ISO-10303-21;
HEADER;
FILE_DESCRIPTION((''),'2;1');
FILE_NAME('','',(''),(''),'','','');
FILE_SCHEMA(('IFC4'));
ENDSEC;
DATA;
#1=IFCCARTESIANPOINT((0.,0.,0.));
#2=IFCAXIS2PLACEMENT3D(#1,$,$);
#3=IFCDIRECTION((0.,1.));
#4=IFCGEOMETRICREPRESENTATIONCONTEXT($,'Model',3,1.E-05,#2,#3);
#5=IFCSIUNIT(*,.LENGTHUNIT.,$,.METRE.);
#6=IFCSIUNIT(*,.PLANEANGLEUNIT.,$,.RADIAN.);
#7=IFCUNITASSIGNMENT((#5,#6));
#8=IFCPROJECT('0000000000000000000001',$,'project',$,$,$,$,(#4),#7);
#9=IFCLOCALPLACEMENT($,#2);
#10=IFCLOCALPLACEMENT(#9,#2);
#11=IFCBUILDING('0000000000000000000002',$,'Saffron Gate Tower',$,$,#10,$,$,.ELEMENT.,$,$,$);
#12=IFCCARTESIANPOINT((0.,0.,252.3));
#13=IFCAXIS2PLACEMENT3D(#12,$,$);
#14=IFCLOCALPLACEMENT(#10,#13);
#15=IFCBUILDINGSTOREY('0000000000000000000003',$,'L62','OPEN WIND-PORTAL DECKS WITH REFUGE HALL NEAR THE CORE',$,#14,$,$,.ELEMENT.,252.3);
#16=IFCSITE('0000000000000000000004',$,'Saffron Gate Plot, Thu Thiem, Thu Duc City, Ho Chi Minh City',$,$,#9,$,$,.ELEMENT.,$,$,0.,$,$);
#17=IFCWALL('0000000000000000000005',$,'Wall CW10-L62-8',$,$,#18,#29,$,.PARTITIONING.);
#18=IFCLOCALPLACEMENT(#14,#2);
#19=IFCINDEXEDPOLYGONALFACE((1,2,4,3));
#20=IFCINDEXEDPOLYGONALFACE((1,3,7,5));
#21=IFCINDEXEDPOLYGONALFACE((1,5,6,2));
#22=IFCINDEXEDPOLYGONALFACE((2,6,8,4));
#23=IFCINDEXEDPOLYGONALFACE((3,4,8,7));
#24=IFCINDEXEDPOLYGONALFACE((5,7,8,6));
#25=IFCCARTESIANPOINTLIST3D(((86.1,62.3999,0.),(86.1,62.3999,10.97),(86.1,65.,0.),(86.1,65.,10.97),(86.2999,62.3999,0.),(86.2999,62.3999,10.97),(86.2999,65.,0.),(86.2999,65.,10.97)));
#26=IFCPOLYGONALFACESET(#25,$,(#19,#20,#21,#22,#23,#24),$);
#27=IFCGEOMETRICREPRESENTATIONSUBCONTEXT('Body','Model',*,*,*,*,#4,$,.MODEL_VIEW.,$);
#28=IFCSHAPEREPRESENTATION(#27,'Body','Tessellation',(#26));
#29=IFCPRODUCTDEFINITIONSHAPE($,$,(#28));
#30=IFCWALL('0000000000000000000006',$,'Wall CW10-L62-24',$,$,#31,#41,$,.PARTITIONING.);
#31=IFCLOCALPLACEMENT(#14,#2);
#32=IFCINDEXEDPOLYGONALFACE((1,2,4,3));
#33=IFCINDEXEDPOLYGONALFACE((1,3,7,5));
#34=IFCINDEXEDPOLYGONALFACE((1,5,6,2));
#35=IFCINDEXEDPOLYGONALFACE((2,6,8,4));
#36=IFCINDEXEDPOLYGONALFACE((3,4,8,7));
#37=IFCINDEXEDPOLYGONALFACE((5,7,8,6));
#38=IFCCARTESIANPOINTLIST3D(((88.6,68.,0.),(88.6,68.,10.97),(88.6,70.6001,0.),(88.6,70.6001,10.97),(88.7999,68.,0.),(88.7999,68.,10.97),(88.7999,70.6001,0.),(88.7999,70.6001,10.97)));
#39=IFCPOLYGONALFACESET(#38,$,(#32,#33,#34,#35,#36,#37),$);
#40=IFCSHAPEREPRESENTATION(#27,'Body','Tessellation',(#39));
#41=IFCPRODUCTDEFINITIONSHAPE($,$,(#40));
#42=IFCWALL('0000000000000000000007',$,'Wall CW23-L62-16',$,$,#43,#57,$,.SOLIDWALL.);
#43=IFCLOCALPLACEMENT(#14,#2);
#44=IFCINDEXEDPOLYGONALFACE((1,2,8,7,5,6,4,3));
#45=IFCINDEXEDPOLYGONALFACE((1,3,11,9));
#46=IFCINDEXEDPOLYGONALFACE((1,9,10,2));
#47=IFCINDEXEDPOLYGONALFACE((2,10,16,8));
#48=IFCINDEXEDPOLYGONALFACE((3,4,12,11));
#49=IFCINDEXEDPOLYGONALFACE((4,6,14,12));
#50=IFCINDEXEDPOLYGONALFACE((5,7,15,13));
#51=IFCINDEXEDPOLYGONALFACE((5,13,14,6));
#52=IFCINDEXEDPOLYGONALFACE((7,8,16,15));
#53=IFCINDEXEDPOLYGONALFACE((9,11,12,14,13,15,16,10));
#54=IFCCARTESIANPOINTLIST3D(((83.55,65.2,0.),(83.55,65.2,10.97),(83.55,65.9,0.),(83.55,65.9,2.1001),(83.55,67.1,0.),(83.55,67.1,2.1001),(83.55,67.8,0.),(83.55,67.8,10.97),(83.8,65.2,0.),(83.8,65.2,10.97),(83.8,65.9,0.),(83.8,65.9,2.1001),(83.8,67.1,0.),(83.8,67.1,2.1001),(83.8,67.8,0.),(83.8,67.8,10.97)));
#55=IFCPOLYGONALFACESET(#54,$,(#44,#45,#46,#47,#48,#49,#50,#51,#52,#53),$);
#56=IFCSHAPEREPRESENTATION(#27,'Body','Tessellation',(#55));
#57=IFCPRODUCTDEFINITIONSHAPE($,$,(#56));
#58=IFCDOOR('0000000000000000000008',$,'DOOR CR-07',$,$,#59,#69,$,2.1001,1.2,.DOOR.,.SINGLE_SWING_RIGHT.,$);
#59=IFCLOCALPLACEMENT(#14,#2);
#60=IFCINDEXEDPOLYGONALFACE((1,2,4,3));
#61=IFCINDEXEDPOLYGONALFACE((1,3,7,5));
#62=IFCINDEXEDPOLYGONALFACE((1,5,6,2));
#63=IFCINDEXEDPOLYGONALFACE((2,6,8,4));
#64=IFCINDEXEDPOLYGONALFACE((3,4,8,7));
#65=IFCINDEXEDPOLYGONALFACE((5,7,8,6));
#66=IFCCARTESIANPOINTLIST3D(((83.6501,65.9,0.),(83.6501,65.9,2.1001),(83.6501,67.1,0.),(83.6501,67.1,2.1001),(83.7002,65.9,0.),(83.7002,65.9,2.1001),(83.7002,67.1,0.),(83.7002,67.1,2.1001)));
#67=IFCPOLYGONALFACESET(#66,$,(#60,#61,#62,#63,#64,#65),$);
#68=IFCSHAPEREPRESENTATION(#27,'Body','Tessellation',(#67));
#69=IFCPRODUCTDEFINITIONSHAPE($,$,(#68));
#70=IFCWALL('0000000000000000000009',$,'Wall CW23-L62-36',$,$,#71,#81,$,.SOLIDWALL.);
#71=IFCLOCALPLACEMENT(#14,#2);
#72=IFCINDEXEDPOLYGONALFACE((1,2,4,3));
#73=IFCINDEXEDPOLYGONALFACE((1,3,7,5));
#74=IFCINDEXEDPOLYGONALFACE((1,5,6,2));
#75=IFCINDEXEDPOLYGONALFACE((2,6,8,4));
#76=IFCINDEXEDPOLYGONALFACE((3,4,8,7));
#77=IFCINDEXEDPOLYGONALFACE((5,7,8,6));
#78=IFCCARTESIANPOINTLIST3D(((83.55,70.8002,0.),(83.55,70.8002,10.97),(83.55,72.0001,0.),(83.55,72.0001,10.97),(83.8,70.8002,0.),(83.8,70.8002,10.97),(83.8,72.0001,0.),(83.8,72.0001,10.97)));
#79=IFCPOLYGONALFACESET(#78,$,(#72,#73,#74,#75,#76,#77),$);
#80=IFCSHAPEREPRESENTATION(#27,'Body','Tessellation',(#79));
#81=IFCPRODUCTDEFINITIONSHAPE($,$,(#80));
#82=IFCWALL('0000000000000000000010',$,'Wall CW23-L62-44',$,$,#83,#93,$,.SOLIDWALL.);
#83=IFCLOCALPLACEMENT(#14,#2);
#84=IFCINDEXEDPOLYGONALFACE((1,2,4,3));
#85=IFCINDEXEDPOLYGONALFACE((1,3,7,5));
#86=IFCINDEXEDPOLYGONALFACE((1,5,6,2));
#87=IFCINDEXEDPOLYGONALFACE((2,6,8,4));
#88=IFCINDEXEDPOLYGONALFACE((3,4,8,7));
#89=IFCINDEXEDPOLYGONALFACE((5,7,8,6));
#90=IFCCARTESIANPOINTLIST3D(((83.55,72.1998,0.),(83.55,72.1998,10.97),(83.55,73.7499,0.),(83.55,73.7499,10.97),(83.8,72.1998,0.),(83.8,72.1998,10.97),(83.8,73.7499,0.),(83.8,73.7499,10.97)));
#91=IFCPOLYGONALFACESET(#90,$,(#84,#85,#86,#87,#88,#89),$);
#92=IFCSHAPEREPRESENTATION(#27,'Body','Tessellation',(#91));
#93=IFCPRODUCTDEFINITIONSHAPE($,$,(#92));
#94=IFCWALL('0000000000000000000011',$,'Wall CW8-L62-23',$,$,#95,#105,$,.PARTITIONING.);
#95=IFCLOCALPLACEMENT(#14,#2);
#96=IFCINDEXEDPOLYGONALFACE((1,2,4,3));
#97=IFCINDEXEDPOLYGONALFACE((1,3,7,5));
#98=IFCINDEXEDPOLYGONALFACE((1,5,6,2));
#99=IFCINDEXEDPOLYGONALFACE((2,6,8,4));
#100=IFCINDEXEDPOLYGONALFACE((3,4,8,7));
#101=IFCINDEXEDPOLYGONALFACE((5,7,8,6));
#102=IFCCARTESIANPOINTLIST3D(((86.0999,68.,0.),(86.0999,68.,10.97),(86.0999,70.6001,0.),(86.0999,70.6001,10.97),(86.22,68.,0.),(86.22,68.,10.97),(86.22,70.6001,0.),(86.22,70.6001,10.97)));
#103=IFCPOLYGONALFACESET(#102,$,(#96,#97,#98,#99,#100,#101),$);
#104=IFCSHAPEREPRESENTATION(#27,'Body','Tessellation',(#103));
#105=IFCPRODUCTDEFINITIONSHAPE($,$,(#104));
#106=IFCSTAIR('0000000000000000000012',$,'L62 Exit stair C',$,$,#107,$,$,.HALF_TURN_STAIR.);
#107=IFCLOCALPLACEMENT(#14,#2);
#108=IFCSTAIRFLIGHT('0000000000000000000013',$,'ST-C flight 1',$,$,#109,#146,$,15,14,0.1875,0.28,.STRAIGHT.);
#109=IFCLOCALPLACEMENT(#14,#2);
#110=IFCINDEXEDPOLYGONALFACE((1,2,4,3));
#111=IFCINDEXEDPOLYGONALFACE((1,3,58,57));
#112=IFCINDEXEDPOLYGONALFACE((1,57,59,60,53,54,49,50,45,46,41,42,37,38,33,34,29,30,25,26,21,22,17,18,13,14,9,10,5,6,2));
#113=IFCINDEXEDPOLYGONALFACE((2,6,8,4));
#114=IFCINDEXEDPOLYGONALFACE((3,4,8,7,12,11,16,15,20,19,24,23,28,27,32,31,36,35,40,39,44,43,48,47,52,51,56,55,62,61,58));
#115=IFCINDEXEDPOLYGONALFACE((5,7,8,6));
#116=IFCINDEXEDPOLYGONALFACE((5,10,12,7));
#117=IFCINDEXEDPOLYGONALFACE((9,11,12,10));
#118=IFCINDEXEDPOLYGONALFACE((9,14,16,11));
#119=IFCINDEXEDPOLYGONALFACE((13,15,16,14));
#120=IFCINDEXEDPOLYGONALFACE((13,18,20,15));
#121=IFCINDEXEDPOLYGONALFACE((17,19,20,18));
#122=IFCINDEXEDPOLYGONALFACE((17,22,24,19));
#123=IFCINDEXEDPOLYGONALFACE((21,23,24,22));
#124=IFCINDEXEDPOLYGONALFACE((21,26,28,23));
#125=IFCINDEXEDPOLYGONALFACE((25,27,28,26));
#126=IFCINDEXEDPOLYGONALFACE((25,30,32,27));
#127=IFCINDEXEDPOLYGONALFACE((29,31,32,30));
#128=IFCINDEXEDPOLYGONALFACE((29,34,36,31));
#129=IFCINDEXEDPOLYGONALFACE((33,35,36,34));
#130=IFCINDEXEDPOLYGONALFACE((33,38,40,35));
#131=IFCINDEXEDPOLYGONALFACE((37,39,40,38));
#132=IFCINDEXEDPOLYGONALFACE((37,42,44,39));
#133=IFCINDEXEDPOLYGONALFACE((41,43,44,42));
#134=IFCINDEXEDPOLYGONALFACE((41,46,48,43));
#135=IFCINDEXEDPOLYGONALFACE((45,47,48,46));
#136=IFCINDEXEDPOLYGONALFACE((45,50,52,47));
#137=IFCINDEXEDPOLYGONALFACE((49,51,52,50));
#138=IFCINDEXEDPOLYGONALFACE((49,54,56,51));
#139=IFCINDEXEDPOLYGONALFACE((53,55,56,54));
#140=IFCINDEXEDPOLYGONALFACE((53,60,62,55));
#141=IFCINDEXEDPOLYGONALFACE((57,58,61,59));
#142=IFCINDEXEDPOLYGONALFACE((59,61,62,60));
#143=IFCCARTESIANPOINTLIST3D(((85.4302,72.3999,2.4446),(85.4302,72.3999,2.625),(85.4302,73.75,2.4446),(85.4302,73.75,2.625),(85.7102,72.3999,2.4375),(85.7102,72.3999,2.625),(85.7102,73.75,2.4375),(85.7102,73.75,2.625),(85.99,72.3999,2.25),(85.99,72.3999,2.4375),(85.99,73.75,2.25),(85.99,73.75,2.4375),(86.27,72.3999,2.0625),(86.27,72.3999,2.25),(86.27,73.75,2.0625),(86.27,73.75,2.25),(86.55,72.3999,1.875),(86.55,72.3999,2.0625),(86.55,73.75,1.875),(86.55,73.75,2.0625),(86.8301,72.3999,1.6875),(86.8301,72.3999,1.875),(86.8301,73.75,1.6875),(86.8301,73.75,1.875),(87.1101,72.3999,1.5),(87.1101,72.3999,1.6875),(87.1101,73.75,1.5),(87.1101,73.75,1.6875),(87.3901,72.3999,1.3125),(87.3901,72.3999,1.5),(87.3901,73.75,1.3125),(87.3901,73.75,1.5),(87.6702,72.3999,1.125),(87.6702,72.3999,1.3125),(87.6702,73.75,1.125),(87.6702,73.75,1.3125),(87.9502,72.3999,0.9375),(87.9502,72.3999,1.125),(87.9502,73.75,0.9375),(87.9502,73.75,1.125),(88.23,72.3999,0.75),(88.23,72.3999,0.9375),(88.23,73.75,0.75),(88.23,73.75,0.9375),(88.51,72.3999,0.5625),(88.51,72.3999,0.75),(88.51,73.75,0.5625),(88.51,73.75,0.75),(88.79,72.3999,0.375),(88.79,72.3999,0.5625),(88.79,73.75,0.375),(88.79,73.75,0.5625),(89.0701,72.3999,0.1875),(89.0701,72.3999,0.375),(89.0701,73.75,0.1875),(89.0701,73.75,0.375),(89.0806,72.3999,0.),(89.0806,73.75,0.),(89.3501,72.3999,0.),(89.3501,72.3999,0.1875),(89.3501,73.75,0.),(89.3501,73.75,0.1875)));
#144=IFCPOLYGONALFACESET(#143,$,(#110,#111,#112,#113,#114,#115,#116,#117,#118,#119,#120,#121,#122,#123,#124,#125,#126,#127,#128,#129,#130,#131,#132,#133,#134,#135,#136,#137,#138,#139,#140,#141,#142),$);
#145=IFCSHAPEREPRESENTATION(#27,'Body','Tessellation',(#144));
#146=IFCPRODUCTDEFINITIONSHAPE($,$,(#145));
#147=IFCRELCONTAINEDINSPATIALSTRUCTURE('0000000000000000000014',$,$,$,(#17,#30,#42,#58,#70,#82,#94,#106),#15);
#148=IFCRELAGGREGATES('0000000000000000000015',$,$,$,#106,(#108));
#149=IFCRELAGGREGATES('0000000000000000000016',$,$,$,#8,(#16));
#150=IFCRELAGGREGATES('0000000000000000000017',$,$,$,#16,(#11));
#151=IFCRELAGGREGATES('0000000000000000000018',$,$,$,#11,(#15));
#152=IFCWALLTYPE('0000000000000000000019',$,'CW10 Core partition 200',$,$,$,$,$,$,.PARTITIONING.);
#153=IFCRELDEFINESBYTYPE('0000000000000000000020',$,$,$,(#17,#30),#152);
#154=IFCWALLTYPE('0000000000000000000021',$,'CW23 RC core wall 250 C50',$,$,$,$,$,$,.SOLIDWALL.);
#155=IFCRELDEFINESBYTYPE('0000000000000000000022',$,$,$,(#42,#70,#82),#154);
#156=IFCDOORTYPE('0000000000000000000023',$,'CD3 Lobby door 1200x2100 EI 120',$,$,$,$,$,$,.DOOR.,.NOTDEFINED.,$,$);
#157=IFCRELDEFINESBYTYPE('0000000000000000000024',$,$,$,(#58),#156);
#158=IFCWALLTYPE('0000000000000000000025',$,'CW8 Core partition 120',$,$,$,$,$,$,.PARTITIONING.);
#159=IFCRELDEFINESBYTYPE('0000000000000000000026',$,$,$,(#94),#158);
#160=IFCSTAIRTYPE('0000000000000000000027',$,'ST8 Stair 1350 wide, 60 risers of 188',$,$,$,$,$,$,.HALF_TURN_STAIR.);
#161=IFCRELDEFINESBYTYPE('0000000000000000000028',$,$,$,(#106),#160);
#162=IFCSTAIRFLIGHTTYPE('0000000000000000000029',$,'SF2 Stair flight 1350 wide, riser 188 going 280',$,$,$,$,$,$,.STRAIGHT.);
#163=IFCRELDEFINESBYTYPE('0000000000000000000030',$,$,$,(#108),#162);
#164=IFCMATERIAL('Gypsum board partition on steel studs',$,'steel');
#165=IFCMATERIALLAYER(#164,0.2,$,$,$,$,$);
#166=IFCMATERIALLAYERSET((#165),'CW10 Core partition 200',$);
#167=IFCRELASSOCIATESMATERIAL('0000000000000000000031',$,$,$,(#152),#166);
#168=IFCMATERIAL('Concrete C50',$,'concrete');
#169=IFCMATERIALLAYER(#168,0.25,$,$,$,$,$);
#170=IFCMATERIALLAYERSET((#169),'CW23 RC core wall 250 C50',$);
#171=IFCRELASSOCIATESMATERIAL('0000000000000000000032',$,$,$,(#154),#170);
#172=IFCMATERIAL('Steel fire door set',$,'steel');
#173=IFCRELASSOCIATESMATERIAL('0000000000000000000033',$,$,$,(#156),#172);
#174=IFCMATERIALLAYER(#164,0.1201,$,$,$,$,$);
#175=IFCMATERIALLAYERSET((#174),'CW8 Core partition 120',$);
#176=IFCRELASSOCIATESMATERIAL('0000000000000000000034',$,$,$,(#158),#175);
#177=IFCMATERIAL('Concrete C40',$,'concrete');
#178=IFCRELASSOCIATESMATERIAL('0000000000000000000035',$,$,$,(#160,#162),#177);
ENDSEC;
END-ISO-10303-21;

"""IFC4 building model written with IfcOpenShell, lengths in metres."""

from ifc_helpers import new_model, si_unit, direction, frame, frame_2d, origin, place, context, subcontext, project, spatial, polyline, rectangle, outline, extrude, material, layer, layer_set, type_object, element, fill, aggregate, save


model = new_model("IFC4")

# Units and contexts
model_context = context("Model", 3, precision=1e-05, world=origin(), true_north=direction((0.0, 1.0)))
body_context = subcontext(model_context, "Body", "Model", "MODEL_VIEW")
ifc_project = project(units=[si_unit("LENGTHUNIT", "METRE"), si_unit("PLANEANGLEUNIT", "RADIAN")], contexts=[model_context])

# Site, building, storey
site_placement = place(None, origin())
site = spatial("IfcSite", under=ifc_project, at=site_placement, Name="Saffron Gate Plot, Thu Thiem, Thu Duc City, Ho Chi Minh City", CompositionType="ELEMENT", RefElevation=0.0)
building_placement = place(site_placement, origin())
building = spatial("IfcBuilding", under=site, at=building_placement, Name="Saffron Gate Tower", CompositionType="ELEMENT")
storey_placement = place(building_placement, frame((0.0, 0.0, 252.3)))
storey = spatial("IfcBuildingStorey", under=building, at=storey_placement, Name="L62", Description="OPEN WIND-PORTAL DECKS WITH REFUGE HALL NEAR THE CORE", CompositionType="ELEMENT", Elevation=252.3)

# Walls
ifc_material_1 = material(Name="Gypsum board partition on steel studs", Category="steel")
ifc_layer_1 = layer(ifc_material_1, 0.2)
ifc_layer_set_1 = layer_set([ifc_layer_1], Name="CW10 Core partition 200")
wall_type_1 = type_object("IfcWallType", Name="CW10 Core partition 200", PredefinedType="PARTITIONING", material=ifc_layer_set_1)
for number, where, z_axis, x_axis, name in (
    (1, (86.2, 62.3999, 0.0), (0.0, 0.0, 1.0), (0.0, 1.0, 0.0), "Wall CW10-L62-8"),
    (2, (88.7, 68.0, 0.0), (0.0, 0.0, 1.0), (0.0, 1.0, 0.0), "Wall CW10-L62-24"),
):
    element("IfcWall", number, at=place(storey_placement, frame(where, z_axis=z_axis, x_axis=x_axis)), inside=storey, type_object=wall_type_1, Name=name, PredefinedType="PARTITIONING", context=body_context, shape_type="SweptSolid", body=[
        extrude(rectangle(XDim=2.6001, YDim=0.2, at=frame_2d((1.3, 0.0))), origin(), (0.0, 0.0, 1.0), 10.97),
    ])

# Wall, opening, door
ifc_material_2 = material(Name="Concrete C50", Category="concrete")
ifc_layer_2 = layer(ifc_material_2, 0.25)
ifc_layer_set_2 = layer_set([ifc_layer_2], Name="CW23 RC core wall 250 C50")
wall_type_2 = type_object("IfcWallType", Name="CW23 RC core wall 250 C50", PredefinedType="SOLIDWALL", material=ifc_layer_set_2)
wall_1_placement = place(storey_placement, frame((83.675, 65.2, 0.0), z_axis=(0.0, 0.0, 1.0), x_axis=(0.0, 1.0, 0.0)))
wall_1 = element("IfcWall", 3, at=wall_1_placement, inside=storey, type_object=wall_type_2, Name="Wall CW23-L62-16", PredefinedType="SOLIDWALL", context=body_context, shape_type="SweptSolid", body=[
    extrude(rectangle(XDim=2.6001, YDim=0.25, at=frame_2d((1.3, 0.0))), origin(), (0.0, 0.0, 1.0), 10.97),
])
opening_placement = place(wall_1_placement, frame((0.7, 0.0, 0.0)))
opening = element("IfcOpeningElement", 4, at=opening_placement, cuts=wall_1, PredefinedType="OPENING", context=body_context, shape_type="SweptSolid", body=[
    extrude(rectangle(XDim=1.2, YDim=2.1001, at=frame_2d((0.6001, 1.05))), frame((0.0, 0.135, 0.0), z_axis=(0.0, -1.0, 0.0), x_axis=(1.0, 0.0, 0.0)), (0.0, 0.0, 1.0), 0.27),
])
ifc_material_3 = material(Name="Steel fire door set", Category="steel")
door_type = type_object("IfcDoorType", Name="CD3 Lobby door 1200x2100 EI 120", OperationType="NOTDEFINED", PredefinedType="DOOR", material=ifc_material_3)
door_placement = place(opening_placement, origin())
door = element("IfcDoor", 5, at=door_placement, inside=storey, type_object=door_type, Name="DOOR CR-07", OperationType="SINGLE_SWING_RIGHT", OverallHeight=2.1001, OverallWidth=1.2, PredefinedType="DOOR", context=body_context, shape_type="SweptSolid", body=[
    extrude(rectangle(XDim=1.2, YDim=2.1001, at=frame_2d((0.6001, 1.05))), frame((0.0, 0.0249, 0.0), z_axis=(0.0, -1.0, 0.0), x_axis=(1.0, 0.0, 0.0)), (0.0, 0.0, 1.0), 0.05),
])
fill(opening, door)

# Walls
wall_2_placement = place(storey_placement, frame((83.675, 70.8, 0.0), z_axis=(0.0, 0.0, 1.0), x_axis=(0.0, 1.0, 0.0)))
element("IfcWall", 6, at=wall_2_placement, inside=storey, type_object=wall_type_2, Name="Wall CW23-L62-36", PredefinedType="SOLIDWALL", context=body_context, shape_type="SweptSolid", body=[
    extrude(rectangle(XDim=1.2, YDim=0.25, at=frame_2d((0.6001, 0.0))), origin(), (0.0, 0.0, 1.0), 10.97),
])
wall_3_placement = place(storey_placement, frame((83.675, 72.2, 0.0), z_axis=(0.0, 0.0, 1.0), x_axis=(0.0, 1.0, 0.0)))
element("IfcWall", 7, at=wall_3_placement, inside=storey, type_object=wall_type_2, Name="Wall CW23-L62-44", PredefinedType="SOLIDWALL", context=body_context, shape_type="SweptSolid", body=[
    extrude(rectangle(XDim=1.55, YDim=0.25, at=frame_2d((0.7749, 0.0))), origin(), (0.0, 0.0, 1.0), 10.97),
])
ifc_layer_3 = layer(ifc_material_1, 0.1201)
ifc_layer_set_3 = layer_set([ifc_layer_3], Name="CW8 Core partition 120")
wall_type_3 = type_object("IfcWallType", Name="CW8 Core partition 120", PredefinedType="PARTITIONING", material=ifc_layer_set_3)
wall_4_placement = place(storey_placement, frame((86.1599, 68.0, 0.0), z_axis=(0.0, 0.0, 1.0), x_axis=(0.0, 1.0, 0.0)))
element("IfcWall", 8, at=wall_4_placement, inside=storey, type_object=wall_type_3, Name="Wall CW8-L62-23", PredefinedType="PARTITIONING", context=body_context, shape_type="SweptSolid", body=[
    extrude(rectangle(XDim=2.6001, YDim=0.1201, at=frame_2d((1.3, 0.0))), origin(), (0.0, 0.0, 1.0), 10.97),
])

# Stair, stair flight
ifc_material_4 = material(Name="Concrete C40", Category="concrete")
stair_type = type_object("IfcStairType", Name="ST8 Stair 1350 wide, 60 risers of 188", PredefinedType="HALF_TURN_STAIR", material=ifc_material_4)
stair_placement = place(storey_placement, origin())
stair = element("IfcStair", 9, at=stair_placement, inside=storey, type_object=stair_type, Name="L62 Exit stair C", PredefinedType="HALF_TURN_STAIR")
stair_flight_type = type_object("IfcStairFlightType", Name="SF2 Stair flight 1350 wide, riser 188 going 280", PredefinedType="STRAIGHT", material=ifc_material_4)
stair_flight_1_placement = place(storey_placement, frame((89.3501, 73.075, 0.0), z_axis=(0.0, 0.0, 1.0), x_axis=(-1.0, 0.0, 0.0)))
stair_flight_1 = element("IfcStairFlight", 10, at=stair_flight_1_placement, type_object=stair_flight_type, Name="ST-C flight 1", NumberOfRisers=15, NumberOfTreads=14, PredefinedType="STRAIGHT", RiserHeight=0.1875, TreadLength=0.28, context=body_context, shape_type="SweptSolid", body=[
    extrude(outline(polyline([(0.0, 0.0), (0.0, 0.1875), (0.28, 0.1875), (0.28, 0.375), (0.5601, 0.375), (0.5601, 0.5625), (0.8401, 0.5625), (0.8401, 0.75), (1.1201, 0.75), (1.1201, 0.9375), (1.3999, 0.9375), (1.3999, 1.125), (1.6799, 1.125), (1.6799, 1.3125), (1.96, 1.3125), (1.96, 1.5), (2.24, 1.5), (2.24, 1.6875), (2.52, 1.6875), (2.52, 1.875), (2.8, 1.875), (2.8, 2.0625), (3.0801, 2.0625), (3.0801, 2.25), (3.3601, 2.25), (3.3601, 2.4375), (3.6399, 2.4375), (3.6399, 2.625), (3.9199, 2.625), (3.9199, 2.8125), (3.9199, 2.4446), (0.2695, 0.0), (0.0, 0.0)])), frame((0.0, 0.675, 0.0), z_axis=(0.0, -1.0, 0.0), x_axis=(1.0, 0.0, 0.0)), (0.0, 0.0, 1.0), 1.3501),
])
aggregate(stair, [stair_flight_1])

save(model, "model.ifc")
